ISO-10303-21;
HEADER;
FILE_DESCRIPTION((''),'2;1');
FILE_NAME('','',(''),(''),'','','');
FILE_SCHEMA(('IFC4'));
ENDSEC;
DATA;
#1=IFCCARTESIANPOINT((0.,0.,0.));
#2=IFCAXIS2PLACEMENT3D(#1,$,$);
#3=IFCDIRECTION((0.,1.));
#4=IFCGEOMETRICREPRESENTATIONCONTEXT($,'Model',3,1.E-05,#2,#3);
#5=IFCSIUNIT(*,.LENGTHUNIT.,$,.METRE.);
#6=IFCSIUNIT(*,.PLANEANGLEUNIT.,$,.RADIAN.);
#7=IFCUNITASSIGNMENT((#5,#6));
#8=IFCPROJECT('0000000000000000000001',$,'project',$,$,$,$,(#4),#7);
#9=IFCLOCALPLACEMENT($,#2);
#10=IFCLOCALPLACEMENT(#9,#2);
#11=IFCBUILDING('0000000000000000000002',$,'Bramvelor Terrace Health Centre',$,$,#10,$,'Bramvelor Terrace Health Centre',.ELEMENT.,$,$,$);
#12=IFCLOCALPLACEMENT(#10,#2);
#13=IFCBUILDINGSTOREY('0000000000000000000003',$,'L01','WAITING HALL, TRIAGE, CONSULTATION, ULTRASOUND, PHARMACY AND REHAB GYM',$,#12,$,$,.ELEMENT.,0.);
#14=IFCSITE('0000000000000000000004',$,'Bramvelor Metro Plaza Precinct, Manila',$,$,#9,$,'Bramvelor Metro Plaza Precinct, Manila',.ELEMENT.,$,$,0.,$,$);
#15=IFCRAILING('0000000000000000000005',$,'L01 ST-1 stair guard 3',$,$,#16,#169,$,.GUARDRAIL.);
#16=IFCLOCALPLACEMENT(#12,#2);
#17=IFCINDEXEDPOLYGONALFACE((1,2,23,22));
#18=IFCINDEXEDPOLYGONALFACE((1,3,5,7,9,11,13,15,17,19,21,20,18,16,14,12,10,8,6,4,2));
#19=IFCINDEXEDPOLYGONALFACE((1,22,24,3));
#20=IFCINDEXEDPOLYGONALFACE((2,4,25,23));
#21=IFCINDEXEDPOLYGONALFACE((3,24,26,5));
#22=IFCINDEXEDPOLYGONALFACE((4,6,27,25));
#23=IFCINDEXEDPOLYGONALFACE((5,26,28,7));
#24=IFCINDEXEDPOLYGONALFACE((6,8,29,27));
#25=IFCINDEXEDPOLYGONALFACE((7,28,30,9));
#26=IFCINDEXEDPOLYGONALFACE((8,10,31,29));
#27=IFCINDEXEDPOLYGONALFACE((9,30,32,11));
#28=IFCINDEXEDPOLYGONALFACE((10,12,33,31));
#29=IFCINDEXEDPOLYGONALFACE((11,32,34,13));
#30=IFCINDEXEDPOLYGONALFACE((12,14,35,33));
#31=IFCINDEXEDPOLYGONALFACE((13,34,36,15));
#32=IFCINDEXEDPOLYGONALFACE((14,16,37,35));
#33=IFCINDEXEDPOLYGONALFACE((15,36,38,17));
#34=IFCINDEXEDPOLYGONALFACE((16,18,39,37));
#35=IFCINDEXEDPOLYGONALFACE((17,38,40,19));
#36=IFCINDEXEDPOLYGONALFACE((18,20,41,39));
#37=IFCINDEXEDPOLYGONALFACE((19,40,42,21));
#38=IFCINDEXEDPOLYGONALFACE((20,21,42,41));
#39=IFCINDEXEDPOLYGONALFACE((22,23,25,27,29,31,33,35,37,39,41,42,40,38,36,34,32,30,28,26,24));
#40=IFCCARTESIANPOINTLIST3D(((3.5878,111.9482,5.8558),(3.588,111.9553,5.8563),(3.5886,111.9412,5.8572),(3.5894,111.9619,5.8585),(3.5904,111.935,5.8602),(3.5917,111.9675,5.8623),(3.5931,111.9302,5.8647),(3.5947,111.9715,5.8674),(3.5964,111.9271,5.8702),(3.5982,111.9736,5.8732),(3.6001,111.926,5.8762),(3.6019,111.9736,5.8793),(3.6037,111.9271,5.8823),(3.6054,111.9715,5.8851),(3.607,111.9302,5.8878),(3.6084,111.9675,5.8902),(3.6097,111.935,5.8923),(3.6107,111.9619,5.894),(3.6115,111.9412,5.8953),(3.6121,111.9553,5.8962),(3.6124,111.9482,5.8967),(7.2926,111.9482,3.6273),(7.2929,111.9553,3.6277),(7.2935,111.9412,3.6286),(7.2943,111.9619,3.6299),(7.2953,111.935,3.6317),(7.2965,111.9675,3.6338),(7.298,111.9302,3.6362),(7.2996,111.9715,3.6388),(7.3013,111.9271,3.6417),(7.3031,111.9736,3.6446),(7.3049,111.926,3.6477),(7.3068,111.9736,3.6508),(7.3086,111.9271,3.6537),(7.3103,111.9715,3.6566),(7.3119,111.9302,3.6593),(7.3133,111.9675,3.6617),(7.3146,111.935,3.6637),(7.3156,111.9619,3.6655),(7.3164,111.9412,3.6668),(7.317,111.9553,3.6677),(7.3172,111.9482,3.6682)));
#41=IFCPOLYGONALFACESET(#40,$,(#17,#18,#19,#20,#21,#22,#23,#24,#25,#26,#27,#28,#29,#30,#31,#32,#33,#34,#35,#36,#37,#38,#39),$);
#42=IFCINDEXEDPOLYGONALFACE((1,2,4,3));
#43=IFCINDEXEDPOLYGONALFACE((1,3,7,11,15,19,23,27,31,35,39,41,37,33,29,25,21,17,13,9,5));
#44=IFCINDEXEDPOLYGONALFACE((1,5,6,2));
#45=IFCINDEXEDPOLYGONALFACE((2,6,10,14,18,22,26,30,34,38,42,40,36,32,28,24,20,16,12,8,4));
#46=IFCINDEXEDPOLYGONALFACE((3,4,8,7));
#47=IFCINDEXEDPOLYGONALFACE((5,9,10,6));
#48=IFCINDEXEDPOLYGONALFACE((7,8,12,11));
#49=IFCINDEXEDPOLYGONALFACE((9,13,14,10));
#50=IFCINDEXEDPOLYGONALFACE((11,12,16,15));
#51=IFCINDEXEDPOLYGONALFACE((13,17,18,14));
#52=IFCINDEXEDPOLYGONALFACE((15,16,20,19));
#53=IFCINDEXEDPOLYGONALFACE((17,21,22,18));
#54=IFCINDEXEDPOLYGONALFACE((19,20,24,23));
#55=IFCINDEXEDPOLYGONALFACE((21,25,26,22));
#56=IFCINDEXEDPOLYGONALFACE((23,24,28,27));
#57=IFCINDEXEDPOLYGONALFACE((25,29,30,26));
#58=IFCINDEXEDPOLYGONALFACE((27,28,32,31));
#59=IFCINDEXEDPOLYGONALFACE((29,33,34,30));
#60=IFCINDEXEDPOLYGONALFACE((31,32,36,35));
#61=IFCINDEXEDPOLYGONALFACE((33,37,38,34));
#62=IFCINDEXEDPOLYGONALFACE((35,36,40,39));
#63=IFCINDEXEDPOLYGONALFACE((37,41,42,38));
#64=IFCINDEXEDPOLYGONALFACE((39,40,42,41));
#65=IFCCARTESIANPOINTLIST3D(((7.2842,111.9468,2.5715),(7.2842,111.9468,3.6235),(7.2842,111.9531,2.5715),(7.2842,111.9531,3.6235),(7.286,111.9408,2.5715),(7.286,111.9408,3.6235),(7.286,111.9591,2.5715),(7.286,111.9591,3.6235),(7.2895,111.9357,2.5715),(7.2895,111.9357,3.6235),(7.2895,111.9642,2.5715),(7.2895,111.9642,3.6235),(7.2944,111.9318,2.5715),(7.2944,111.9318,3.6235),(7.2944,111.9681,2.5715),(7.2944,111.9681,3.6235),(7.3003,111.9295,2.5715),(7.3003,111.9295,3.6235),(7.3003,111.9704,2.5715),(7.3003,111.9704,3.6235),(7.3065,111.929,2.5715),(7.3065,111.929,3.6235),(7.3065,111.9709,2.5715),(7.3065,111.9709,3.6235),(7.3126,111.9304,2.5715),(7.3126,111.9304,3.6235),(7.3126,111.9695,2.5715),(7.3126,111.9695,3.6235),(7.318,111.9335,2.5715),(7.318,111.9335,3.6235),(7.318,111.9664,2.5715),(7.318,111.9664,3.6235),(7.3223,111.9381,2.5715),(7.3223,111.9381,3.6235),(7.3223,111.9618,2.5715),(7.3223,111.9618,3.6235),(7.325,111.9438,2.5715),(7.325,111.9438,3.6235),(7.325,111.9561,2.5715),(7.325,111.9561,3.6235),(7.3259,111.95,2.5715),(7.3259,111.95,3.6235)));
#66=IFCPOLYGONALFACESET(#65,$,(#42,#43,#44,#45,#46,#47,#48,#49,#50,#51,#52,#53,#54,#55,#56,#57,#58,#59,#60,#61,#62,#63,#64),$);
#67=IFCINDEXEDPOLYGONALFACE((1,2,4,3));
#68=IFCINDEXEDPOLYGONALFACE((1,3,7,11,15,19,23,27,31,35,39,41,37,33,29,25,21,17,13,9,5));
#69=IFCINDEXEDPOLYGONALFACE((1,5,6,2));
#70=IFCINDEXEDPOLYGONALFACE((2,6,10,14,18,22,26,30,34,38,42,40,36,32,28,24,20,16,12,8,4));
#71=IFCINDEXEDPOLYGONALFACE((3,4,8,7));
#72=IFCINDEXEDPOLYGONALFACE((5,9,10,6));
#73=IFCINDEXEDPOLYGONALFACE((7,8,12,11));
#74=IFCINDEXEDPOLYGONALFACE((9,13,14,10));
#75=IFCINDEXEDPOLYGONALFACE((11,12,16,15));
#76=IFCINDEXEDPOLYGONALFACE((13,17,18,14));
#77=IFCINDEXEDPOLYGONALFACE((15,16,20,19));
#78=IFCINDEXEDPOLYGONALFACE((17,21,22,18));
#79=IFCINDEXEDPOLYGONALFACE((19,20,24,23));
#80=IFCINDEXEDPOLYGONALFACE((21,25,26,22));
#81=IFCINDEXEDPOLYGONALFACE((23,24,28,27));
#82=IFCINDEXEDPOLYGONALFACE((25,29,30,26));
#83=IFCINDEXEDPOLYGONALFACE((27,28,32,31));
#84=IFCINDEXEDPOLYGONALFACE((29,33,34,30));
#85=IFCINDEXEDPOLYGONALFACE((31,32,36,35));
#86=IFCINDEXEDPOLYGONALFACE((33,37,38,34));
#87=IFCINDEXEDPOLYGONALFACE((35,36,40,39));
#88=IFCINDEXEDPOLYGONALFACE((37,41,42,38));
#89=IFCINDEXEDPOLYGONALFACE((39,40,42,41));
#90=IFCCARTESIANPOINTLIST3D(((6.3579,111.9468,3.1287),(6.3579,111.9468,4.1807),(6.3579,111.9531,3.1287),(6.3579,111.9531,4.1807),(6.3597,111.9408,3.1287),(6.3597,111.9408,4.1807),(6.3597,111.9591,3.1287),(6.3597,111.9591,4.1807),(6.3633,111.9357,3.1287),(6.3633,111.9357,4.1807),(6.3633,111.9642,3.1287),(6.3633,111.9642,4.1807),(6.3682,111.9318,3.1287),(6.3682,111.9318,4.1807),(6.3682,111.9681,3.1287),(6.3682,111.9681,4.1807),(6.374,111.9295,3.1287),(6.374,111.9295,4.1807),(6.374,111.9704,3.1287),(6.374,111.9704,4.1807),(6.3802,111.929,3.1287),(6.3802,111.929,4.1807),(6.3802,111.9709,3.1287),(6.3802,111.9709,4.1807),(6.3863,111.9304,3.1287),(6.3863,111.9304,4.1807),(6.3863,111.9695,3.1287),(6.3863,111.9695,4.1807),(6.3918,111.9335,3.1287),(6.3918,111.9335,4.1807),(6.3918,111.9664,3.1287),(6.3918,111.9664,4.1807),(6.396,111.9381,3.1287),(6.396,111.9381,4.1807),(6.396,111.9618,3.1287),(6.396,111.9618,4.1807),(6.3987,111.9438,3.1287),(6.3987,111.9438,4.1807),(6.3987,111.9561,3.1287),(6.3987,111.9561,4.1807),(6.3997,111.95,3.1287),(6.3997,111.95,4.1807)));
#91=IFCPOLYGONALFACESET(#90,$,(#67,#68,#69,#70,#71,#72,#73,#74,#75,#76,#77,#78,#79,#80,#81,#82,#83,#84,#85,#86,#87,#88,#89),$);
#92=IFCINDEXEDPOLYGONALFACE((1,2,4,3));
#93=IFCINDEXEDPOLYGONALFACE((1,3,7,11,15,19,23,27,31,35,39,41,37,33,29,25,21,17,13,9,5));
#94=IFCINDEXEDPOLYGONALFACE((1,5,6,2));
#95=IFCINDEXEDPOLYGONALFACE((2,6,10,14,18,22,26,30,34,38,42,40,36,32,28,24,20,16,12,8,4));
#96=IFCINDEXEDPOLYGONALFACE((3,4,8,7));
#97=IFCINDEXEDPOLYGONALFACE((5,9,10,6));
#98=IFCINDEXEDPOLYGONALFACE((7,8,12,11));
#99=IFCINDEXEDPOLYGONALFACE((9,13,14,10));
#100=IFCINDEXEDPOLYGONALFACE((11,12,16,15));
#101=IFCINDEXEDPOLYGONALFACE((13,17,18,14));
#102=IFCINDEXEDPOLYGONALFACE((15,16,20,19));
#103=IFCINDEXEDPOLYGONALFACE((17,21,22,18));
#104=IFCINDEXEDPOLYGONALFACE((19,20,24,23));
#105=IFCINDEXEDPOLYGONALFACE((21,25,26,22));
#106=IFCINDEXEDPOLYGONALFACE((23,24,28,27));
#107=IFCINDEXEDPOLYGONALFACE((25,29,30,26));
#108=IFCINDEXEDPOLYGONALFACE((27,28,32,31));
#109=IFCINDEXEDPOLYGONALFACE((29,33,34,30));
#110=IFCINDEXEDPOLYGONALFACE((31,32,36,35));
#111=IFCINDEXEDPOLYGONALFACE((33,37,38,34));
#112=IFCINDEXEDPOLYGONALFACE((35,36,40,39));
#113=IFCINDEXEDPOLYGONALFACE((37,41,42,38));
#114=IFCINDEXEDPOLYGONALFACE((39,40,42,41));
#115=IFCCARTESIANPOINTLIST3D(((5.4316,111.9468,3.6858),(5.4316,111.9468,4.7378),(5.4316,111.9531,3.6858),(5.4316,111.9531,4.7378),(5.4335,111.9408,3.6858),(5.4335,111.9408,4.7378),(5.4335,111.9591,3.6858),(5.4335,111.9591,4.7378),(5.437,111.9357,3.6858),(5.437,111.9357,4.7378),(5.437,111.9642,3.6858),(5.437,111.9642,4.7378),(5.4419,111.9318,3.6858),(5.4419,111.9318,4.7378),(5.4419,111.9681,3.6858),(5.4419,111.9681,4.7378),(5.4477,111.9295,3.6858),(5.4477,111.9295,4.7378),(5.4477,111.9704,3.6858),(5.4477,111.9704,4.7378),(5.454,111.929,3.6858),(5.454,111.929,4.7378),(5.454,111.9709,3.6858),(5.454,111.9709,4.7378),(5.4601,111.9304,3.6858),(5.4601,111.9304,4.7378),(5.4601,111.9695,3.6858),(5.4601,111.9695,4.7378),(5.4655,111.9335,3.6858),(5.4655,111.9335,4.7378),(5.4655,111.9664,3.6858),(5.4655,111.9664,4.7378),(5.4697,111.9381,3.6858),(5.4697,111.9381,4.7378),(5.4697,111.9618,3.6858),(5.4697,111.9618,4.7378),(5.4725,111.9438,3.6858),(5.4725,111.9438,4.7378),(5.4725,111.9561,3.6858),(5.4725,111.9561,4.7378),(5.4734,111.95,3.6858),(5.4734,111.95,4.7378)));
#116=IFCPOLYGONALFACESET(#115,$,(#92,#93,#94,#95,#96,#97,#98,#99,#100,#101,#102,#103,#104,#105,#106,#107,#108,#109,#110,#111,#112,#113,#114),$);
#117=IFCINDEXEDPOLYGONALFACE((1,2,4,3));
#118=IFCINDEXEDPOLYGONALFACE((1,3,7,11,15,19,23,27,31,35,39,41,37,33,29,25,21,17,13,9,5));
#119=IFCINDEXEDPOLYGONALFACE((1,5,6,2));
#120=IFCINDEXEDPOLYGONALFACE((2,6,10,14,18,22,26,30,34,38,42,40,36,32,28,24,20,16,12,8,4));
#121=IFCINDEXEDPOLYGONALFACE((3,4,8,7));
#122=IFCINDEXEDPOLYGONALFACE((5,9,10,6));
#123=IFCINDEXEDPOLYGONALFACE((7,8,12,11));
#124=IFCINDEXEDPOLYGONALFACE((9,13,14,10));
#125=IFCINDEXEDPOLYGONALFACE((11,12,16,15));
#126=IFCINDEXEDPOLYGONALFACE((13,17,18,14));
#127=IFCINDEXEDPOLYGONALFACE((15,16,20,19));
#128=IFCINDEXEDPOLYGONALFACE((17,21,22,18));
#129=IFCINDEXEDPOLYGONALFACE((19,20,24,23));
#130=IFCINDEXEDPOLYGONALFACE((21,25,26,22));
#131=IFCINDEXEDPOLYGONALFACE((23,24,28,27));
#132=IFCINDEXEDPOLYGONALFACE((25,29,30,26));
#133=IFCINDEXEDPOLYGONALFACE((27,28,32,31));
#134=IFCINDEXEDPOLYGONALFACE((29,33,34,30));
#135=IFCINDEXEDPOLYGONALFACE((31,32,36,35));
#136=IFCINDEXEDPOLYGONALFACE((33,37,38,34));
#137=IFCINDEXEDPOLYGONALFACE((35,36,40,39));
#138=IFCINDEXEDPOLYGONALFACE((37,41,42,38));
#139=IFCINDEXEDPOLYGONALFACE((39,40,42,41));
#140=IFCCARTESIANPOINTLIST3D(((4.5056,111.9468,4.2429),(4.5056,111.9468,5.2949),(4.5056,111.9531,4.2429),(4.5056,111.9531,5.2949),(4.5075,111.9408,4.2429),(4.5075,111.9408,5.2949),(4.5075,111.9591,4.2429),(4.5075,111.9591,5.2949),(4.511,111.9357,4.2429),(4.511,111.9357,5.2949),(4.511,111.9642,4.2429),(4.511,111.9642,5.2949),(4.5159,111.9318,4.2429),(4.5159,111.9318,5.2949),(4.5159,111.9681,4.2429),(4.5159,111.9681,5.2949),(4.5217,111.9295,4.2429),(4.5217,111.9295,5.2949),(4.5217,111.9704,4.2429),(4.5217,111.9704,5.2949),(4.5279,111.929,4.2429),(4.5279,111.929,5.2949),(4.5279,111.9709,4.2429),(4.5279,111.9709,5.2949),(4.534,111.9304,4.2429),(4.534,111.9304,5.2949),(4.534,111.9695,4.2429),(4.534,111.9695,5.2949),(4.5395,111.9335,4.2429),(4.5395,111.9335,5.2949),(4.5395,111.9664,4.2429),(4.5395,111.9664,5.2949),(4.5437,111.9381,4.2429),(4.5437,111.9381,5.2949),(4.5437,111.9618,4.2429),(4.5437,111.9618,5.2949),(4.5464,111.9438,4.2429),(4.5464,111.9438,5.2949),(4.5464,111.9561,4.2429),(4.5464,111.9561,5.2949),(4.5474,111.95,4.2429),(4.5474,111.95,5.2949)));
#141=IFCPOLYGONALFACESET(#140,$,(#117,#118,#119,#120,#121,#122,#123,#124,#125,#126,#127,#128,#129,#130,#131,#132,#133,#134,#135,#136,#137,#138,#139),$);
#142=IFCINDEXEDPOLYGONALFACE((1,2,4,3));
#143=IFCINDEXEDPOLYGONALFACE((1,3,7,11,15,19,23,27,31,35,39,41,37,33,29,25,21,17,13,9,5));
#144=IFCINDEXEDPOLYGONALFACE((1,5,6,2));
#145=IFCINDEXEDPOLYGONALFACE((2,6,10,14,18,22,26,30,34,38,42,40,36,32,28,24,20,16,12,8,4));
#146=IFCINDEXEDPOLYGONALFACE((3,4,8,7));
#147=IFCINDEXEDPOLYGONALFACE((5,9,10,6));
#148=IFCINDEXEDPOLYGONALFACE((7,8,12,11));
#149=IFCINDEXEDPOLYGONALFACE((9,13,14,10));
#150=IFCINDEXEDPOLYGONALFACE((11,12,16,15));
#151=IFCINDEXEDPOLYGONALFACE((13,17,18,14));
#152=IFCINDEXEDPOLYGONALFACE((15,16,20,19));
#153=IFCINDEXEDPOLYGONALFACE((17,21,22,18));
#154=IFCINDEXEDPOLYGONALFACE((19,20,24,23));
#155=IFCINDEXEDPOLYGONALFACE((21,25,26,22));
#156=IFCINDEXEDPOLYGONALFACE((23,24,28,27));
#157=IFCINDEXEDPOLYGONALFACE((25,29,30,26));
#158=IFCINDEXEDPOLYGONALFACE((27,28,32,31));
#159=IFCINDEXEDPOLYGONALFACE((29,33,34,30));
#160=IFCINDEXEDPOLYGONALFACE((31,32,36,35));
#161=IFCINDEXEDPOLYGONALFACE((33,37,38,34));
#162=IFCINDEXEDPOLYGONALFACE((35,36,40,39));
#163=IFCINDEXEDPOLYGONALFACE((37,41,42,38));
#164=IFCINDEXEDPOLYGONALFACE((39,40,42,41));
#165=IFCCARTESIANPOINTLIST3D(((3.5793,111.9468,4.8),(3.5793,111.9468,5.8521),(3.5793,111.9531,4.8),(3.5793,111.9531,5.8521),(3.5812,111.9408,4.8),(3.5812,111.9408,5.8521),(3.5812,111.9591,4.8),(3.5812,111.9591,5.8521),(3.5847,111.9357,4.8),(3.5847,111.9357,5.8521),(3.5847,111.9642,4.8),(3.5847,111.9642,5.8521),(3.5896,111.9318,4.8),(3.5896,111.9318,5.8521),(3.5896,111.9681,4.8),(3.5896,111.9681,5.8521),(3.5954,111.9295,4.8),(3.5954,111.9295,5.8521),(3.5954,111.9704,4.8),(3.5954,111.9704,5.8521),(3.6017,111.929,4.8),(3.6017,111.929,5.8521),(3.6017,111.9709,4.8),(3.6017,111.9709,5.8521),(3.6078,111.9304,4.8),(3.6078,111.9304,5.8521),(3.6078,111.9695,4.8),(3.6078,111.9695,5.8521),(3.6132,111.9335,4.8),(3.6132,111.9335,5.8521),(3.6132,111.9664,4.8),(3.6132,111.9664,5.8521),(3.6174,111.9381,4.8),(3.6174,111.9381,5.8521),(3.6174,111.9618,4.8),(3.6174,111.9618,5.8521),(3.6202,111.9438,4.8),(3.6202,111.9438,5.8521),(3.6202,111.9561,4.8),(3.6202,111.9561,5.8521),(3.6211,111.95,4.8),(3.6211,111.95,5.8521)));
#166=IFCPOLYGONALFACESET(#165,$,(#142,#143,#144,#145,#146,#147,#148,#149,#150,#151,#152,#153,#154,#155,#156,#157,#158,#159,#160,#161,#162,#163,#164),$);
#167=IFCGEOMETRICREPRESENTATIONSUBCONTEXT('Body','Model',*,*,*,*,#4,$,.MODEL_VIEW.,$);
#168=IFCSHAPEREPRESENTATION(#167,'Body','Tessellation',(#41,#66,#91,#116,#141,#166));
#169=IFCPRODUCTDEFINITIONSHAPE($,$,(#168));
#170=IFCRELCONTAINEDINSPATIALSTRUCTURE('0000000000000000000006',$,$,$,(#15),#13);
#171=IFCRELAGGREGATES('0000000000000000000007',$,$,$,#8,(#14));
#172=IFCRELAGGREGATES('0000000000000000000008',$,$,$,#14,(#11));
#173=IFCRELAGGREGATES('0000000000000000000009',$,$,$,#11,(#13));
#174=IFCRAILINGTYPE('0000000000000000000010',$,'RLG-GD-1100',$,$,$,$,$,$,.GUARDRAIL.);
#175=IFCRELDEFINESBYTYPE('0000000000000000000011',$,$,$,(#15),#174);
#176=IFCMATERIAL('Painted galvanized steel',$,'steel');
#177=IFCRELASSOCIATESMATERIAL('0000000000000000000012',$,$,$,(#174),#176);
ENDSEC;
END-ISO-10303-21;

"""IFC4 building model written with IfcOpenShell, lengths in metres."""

from ifc_helpers import new_model, si_unit, direction, frame, origin, origin_2d, place, context, subcontext, project, spatial, circle, extrude, material, type_object, element, save


model = new_model("IFC4")

# Units and contexts
model_context = context("Model", 3, precision=1e-05, world=origin(), true_north=direction((0.0, 1.0)))
body_context = subcontext(model_context, "Body", "Model", "MODEL_VIEW")
ifc_project = project(units=[si_unit("LENGTHUNIT", "METRE"), si_unit("PLANEANGLEUNIT", "RADIAN")], contexts=[model_context])

# Site, building, storey
site_placement = place(None, origin())
site = spatial("IfcSite", under=ifc_project, at=site_placement, Name="Bramvelor Metro Plaza Precinct, Manila", LongName="Bramvelor Metro Plaza Precinct, Manila", CompositionType="ELEMENT", RefElevation=0.0)
building_placement = place(site_placement, origin())
building = spatial("IfcBuilding", under=site, at=building_placement, Name="Bramvelor Terrace Health Centre", LongName="Bramvelor Terrace Health Centre", CompositionType="ELEMENT")
storey_placement = place(building_placement, origin())
storey = spatial("IfcBuildingStorey", under=building, at=storey_placement, Name="L01", Description="WAITING HALL, TRIAGE, CONSULTATION, ULTRASOUND, PHARMACY AND REHAB GYM", CompositionType="ELEMENT", Elevation=0.0)

# Railing
ifc_material_1 = material(Name="Painted galvanized steel", Category="steel")
railing_type_1 = type_object("IfcRailingType", Name="RLG-GD-1100", PredefinedType="GUARDRAIL", material=ifc_material_1)
railing_1_placement = place(storey_placement, frame((7.3049, 111.95, 2.5715)))
element("IfcRailing", 1, at=railing_1_placement, inside=storey, type_object=railing_type_1, Name="L01 ST-1 stair guard 3", PredefinedType="GUARDRAIL", context=body_context, shape_type="SweptSolid", body=[
    extrude(circle(Radius=0.0239, at=origin_2d()), frame((0.0, 0.0, 1.0762), z_axis=(-0.856919, 0.0, 0.51545), x_axis=(0.0, -1.0, 0.0)), (0.0, 0.0, 1.0), 4.3235),
    extrude(circle(Radius=0.021, at=origin_2d()), origin(), (0.0, 0.0, 1.0), 1.052),
    extrude(circle(Radius=0.021, at=origin_2d()), frame((-0.9263, 0.0, 0.5571)), (0.0, 0.0, 1.0), 1.052),
    extrude(circle(Radius=0.021, at=origin_2d()), frame((-1.8525, 0.0, 1.1143)), (0.0, 0.0, 1.0), 1.052),
    extrude(circle(Radius=0.021, at=origin_2d()), frame((-2.7786, 0.0, 1.6714)), (0.0, 0.0, 1.0), 1.052),
    extrude(circle(Radius=0.021, at=origin_2d()), frame((-3.7048, 0.0, 2.2285)), (0.0, 0.0, 1.0), 1.052),
])

save(model, "model.ifc")
